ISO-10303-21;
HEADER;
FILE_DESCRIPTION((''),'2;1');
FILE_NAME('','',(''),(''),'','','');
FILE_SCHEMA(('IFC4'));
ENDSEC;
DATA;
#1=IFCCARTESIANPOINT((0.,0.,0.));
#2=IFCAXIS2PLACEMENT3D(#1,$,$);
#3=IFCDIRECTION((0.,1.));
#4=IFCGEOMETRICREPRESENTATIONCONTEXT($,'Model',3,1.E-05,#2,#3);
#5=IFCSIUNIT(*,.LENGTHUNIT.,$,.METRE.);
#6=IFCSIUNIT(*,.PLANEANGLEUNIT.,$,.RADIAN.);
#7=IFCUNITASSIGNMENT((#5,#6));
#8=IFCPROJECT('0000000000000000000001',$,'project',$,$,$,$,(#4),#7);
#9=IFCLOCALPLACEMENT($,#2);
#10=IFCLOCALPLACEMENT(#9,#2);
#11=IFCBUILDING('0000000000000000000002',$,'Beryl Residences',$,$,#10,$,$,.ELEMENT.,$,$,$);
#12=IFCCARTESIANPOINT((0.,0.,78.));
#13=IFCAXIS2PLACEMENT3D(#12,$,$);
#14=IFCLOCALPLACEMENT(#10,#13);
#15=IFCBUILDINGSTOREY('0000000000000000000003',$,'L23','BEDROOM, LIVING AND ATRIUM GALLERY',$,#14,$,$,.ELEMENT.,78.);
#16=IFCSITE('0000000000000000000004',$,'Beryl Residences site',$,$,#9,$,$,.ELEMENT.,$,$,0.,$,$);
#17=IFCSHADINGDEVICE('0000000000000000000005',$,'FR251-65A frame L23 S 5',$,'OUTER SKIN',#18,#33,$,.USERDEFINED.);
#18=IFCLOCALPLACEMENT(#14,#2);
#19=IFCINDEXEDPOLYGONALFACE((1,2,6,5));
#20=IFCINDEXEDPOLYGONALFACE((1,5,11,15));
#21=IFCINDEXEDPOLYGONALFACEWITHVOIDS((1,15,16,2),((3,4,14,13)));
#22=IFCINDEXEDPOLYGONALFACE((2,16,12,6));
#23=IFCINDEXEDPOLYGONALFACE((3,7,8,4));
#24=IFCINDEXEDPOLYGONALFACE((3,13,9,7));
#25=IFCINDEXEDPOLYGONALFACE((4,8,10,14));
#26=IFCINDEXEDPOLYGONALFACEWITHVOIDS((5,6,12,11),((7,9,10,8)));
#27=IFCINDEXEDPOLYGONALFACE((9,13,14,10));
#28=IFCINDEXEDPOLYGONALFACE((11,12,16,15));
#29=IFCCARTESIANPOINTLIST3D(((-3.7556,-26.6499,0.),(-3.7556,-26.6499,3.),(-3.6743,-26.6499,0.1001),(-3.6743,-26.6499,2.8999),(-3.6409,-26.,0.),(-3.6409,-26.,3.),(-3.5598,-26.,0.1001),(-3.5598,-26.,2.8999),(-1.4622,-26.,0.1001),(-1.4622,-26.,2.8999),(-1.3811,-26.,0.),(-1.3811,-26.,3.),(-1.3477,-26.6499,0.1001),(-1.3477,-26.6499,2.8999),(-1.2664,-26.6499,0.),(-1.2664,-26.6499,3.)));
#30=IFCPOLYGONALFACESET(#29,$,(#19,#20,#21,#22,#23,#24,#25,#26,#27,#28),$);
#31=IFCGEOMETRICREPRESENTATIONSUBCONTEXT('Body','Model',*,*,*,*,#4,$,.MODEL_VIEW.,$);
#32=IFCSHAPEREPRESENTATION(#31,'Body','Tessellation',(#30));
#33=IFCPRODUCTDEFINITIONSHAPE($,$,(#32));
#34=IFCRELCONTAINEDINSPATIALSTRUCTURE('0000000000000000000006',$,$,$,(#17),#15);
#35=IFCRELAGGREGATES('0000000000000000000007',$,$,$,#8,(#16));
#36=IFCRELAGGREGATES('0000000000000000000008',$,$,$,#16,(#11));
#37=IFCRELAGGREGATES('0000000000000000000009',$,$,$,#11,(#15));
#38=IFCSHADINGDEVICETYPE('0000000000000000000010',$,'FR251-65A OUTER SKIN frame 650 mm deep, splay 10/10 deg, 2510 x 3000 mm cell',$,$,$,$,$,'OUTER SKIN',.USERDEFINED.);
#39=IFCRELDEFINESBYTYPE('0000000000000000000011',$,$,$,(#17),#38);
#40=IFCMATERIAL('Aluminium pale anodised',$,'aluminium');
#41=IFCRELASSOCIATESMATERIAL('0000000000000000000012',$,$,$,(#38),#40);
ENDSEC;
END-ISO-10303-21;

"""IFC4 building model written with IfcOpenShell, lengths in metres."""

from ifc_helpers import new_model, entity, si_unit, direction, frame, origin, place, context, subcontext, project, spatial, source, transform, mapped, material, type_object, type_shapes, element, save


model = new_model("IFC4")

# Units and contexts
model_context = context("Model", 3, precision=1e-05, world=origin(), true_north=direction((0.0, 1.0)))
body_context = subcontext(model_context, "Body", "Model", "MODEL_VIEW")
ifc_project = project(units=[si_unit("LENGTHUNIT", "METRE"), si_unit("PLANEANGLEUNIT", "RADIAN")], contexts=[model_context])

# Site, building, storey
site_placement = place(None, origin())
site = spatial("IfcSite", under=ifc_project, at=site_placement, Name="Beryl Residences site", CompositionType="ELEMENT", RefElevation=0.0)
building_placement = place(site_placement, origin())
building = spatial("IfcBuilding", under=site, at=building_placement, Name="Beryl Residences", CompositionType="ELEMENT")
storey_placement = place(building_placement, frame((0.0, 0.0, 78.0)))
storey = spatial("IfcBuildingStorey", under=building, at=storey_placement, Name="L23", Description="BEDROOM, LIVING AND ATRIUM GALLERY", CompositionType="ELEMENT", Elevation=78.0)

# Shading device
ifc_material_1 = material(Name="Aluminium pale anodised", Category="aluminium")
shading_device_type_1 = type_object("IfcShadingDeviceType", Name="FR251-65A OUTER SKIN frame 650 mm deep, splay 10/10 deg, 2510 x 3000 mm cell", ElementType="OUTER SKIN", PredefinedType="USERDEFINED", material=ifc_material_1)
cartesian_point_1 = entity("IfcCartesianPoint", [-1.1299, 0.0])
cartesian_point_2 = entity("IfcCartesianPoint", [-1.0488, 0.1001])
cartesian_point_3 = entity("IfcCartesianPoint", [-1.2446, 0.0])
cartesian_point_4 = entity("IfcCartesianPoint", [-1.1633, 0.1001])
shared_shape_1 = source(origin(), body_context, "Body", "SweptSolid", [
    entity("IfcExtrudedAreaSolidTapered", entity("IfcArbitraryProfileDefWithVoids", "AREA", None, entity("IfcPolyline", [cartesian_point_1, entity("IfcCartesianPoint", [1.1299, 0.0]), entity("IfcCartesianPoint", [1.1299, 3.0]), entity("IfcCartesianPoint", [-1.1299, 3.0]), cartesian_point_1]), [entity("IfcPolyline", [cartesian_point_2, entity("IfcCartesianPoint", [1.0488, 0.1001]), entity("IfcCartesianPoint", [1.0488, 2.8999]), entity("IfcCartesianPoint", [-1.0488, 2.8999]), cartesian_point_2])]), entity("IfcAxis2Placement3D", entity("IfcCartesianPoint", [0.0, 0.0, 0.0]), entity("IfcDirection", [0.0, 1.0, 0.0]), entity("IfcDirection", [-1.0, 0.0, 0.0])), entity("IfcDirection", [0.0, 0.0, 1.0]), 0.6499, entity("IfcArbitraryProfileDefWithVoids", "AREA", None, entity("IfcPolyline", [cartesian_point_3, entity("IfcCartesianPoint", [1.2446, 0.0]), entity("IfcCartesianPoint", [1.2446, 3.0]), entity("IfcCartesianPoint", [-1.2446, 3.0]), cartesian_point_3]), [entity("IfcPolyline", [cartesian_point_4, entity("IfcCartesianPoint", [1.1633, 0.1001]), entity("IfcCartesianPoint", [1.1633, 2.8999]), entity("IfcCartesianPoint", [-1.1633, 2.8999]), cartesian_point_4])])),
])
type_shapes(shading_device_type_1, [shared_shape_1])
for number, where, z_axis, x_axis, name in (
    (1, (-2.511, -26.0, 0.0), (0.0, 0.0, 1.0), (-1.0, 0.0, 0.0), "FR251-65A frame L23 S 5"),
):
    element("IfcShadingDevice", number, at=place(storey_placement, frame(where, z_axis=z_axis, x_axis=x_axis)), inside=storey, type_object=shading_device_type_1, Name=name, ObjectType="OUTER SKIN", PredefinedType="USERDEFINED", context=body_context, shape_type="MappedRepresentation", body=[
        mapped(shared_shape_1, transform((0.0, 0.0, 0.0))),
    ])

save(model, "model.ifc")
